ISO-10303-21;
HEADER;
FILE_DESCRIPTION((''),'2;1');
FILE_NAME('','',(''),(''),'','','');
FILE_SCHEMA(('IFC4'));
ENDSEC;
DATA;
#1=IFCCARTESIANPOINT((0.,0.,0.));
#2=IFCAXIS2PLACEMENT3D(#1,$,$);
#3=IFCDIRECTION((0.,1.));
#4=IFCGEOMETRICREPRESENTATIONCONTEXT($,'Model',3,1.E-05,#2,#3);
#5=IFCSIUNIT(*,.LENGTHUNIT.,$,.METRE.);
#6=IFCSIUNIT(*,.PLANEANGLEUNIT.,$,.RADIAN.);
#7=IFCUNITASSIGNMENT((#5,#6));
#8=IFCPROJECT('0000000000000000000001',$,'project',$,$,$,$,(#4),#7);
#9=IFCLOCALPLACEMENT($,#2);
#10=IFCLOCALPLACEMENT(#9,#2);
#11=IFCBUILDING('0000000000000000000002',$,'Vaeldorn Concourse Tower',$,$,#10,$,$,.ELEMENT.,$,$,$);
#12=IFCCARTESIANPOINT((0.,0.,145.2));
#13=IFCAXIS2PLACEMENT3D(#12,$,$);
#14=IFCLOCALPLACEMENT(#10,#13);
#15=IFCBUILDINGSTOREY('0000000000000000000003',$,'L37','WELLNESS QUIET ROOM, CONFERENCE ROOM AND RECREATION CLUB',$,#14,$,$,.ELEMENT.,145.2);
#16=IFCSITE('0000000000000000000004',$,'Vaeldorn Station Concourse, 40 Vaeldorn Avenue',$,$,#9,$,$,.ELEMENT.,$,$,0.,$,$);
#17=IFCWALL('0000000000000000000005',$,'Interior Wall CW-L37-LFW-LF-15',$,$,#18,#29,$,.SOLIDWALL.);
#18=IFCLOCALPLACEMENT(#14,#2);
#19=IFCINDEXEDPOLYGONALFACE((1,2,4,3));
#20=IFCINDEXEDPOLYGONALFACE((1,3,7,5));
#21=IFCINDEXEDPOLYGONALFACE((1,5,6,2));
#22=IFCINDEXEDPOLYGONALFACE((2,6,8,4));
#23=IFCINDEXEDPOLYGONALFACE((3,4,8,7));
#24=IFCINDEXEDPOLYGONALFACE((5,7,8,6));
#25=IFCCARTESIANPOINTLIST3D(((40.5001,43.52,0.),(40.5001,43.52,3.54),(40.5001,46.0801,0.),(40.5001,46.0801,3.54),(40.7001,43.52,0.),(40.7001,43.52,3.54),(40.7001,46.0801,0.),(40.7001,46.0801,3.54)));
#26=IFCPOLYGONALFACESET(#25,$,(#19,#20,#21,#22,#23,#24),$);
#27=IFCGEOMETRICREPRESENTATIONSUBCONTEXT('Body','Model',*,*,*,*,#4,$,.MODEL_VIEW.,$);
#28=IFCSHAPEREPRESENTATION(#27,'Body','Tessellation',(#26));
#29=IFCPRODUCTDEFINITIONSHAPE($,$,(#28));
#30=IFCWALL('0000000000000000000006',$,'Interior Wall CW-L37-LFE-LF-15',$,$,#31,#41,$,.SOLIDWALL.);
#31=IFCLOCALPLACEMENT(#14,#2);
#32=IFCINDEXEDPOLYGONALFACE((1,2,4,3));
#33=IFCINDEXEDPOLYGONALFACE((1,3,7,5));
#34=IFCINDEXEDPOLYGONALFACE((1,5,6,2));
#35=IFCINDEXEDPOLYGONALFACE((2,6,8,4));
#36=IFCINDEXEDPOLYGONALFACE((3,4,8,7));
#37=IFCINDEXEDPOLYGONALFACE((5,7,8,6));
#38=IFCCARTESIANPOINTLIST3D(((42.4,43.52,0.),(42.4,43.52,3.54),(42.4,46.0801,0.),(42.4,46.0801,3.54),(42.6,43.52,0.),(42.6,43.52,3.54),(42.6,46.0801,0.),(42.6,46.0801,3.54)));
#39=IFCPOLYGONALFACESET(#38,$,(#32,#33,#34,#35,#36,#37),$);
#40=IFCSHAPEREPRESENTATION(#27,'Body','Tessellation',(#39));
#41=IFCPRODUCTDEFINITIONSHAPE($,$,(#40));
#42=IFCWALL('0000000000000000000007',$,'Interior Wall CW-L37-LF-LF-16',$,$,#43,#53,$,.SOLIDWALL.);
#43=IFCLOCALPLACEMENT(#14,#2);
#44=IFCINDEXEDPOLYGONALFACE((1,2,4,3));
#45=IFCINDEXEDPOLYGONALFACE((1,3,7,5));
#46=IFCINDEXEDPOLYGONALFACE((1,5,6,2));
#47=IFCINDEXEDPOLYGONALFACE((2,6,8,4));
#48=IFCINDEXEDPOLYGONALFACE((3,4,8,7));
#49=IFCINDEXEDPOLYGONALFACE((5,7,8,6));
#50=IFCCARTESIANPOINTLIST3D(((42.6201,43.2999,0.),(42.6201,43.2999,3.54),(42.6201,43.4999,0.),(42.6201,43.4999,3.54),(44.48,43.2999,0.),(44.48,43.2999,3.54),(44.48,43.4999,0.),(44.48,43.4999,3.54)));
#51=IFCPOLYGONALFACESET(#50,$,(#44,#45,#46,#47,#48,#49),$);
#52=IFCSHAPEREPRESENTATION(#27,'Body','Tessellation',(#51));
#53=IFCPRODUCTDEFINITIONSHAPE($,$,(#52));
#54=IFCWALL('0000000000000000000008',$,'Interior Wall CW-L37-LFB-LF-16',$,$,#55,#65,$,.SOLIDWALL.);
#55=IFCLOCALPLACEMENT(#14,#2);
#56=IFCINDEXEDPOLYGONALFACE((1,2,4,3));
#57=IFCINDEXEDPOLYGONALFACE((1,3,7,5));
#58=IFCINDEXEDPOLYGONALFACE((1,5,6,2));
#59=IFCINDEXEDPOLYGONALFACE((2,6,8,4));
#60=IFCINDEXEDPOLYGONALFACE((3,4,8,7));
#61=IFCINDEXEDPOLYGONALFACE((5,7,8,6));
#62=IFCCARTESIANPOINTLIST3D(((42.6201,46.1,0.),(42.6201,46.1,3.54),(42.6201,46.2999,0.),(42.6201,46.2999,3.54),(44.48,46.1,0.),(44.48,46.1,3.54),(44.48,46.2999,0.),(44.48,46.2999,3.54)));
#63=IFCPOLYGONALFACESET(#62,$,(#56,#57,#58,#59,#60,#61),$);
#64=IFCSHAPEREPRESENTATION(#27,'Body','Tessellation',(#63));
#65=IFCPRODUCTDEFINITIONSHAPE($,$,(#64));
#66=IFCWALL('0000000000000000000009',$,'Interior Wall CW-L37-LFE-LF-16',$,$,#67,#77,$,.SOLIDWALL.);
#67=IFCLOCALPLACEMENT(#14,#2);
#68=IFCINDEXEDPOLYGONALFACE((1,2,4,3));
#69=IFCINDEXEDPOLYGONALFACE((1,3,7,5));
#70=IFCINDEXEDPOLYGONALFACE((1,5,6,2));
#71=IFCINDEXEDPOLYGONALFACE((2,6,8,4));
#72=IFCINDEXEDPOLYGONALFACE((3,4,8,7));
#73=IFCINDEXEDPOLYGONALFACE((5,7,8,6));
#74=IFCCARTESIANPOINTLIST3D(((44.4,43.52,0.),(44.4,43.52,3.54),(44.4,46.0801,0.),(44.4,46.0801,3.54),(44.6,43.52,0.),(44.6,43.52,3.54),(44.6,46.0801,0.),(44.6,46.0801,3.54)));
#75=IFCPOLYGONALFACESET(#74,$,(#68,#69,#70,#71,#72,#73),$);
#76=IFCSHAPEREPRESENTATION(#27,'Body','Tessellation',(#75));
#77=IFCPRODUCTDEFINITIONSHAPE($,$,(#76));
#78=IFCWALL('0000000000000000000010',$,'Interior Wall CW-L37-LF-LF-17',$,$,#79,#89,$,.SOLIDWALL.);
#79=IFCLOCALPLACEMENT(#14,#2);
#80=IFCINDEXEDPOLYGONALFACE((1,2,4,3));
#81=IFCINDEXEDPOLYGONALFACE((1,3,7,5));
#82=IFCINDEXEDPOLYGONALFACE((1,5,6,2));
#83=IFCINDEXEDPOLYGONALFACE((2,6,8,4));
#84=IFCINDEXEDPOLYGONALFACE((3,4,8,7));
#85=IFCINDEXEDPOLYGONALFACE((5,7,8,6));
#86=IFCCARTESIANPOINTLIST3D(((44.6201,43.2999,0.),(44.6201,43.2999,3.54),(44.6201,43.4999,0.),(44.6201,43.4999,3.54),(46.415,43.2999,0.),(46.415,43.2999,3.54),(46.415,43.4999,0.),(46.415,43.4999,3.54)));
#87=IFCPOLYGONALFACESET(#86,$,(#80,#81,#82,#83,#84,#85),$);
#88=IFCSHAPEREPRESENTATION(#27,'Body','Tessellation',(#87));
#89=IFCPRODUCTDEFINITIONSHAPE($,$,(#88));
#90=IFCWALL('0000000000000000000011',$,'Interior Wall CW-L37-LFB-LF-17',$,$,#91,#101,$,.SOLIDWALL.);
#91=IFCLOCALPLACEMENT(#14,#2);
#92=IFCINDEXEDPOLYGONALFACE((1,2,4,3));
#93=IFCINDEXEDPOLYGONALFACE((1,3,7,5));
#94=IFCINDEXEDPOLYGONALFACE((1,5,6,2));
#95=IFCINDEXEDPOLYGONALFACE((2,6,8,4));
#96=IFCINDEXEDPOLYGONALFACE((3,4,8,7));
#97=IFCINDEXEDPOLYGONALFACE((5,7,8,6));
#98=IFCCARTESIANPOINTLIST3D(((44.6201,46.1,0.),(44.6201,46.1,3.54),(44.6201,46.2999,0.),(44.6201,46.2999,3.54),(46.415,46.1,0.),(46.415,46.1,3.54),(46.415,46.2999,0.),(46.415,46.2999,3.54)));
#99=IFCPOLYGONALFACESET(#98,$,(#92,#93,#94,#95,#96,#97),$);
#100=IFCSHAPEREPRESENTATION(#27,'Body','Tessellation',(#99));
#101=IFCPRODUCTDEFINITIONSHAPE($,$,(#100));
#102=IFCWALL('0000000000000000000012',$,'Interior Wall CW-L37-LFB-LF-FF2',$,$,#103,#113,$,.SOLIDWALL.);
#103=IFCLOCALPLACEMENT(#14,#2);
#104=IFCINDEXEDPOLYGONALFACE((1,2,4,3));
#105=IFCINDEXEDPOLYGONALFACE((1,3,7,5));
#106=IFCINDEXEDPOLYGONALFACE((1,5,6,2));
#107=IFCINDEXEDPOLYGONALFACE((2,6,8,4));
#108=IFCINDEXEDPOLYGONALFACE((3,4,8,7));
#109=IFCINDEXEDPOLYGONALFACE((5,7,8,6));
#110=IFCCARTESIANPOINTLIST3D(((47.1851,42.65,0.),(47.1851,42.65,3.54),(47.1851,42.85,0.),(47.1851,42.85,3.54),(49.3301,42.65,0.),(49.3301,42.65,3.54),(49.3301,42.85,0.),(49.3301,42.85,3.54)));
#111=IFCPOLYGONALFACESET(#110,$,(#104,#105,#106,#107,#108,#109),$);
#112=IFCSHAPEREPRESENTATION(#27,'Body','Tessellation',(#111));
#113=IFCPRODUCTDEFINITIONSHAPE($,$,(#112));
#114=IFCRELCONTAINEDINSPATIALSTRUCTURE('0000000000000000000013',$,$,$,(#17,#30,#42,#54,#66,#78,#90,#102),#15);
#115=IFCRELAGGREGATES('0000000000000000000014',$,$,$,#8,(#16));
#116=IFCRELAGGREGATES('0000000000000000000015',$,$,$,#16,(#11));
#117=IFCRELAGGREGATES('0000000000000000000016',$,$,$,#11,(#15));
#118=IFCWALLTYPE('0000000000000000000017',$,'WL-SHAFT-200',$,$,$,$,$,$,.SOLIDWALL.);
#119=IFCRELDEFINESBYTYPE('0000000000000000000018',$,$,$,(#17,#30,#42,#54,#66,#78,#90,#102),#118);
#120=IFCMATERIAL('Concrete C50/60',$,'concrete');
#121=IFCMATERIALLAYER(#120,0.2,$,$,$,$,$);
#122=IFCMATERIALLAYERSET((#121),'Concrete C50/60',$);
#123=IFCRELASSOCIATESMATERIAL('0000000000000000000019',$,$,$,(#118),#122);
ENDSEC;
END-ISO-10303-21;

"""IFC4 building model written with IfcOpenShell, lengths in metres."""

from ifc_helpers import new_model, si_unit, direction, frame, frame_2d, origin, place, context, subcontext, project, spatial, rectangle, extrude, material, layer, layer_set, type_object, element, save


model = new_model("IFC4")

# Units and contexts
model_context = context("Model", 3, precision=1e-05, world=origin(), true_north=direction((0.0, 1.0)))
body_context = subcontext(model_context, "Body", "Model", "MODEL_VIEW")
ifc_project = project(units=[si_unit("LENGTHUNIT", "METRE"), si_unit("PLANEANGLEUNIT", "RADIAN")], contexts=[model_context])

# Site, building, storey
site_placement = place(None, origin())
site = spatial("IfcSite", under=ifc_project, at=site_placement, Name="Vaeldorn Station Concourse, 40 Vaeldorn Avenue", CompositionType="ELEMENT", RefElevation=0.0)
building_placement = place(site_placement, origin())
building = spatial("IfcBuilding", under=site, at=building_placement, Name="Vaeldorn Concourse Tower", CompositionType="ELEMENT")
storey_placement = place(building_placement, frame((0.0, 0.0, 145.2)))
storey = spatial("IfcBuildingStorey", under=building, at=storey_placement, Name="L37", Description="WELLNESS QUIET ROOM, CONFERENCE ROOM AND RECREATION CLUB", CompositionType="ELEMENT", Elevation=145.2)

# Shared definitions
ifc_material_1 = material(Name="Concrete C50/60", Category="concrete")
ifc_layer_1 = layer(ifc_material_1, 0.2)
ifc_layer_set_1 = layer_set([ifc_layer_1], Name="Concrete C50/60")
wall_type_1 = type_object("IfcWallType", Name="WL-SHAFT-200", PredefinedType="SOLIDWALL", material=ifc_layer_set_1)

# Walls
for number, where, z_axis, x_axis, name in (
    (1, (40.6001, 43.52, 0.0), (0.0, 0.0, 1.0), (0.0, 1.0, 0.0), "Interior Wall CW-L37-LFW-LF-15"),
    (2, (42.5, 43.52, 0.0), (0.0, 0.0, 1.0), (0.0, 1.0, 0.0), "Interior Wall CW-L37-LFE-LF-15"),
):
    element("IfcWall", number, at=place(storey_placement, frame(where, z_axis=z_axis, x_axis=x_axis)), inside=storey, type_object=wall_type_1, Name=name, PredefinedType="SOLIDWALL", context=body_context, shape_type="SweptSolid", body=[
        extrude(rectangle(XDim=2.5601, YDim=0.2, at=frame_2d((1.28, 0.0))), origin(), (0.0, 0.0, 1.0), 3.54),
    ])
for number, where, z_axis, x_axis, name in (
    (3, (42.6201, 43.3999, 0.0), (0.0, 0.0, 1.0), (1.0, 0.0, 0.0), "Interior Wall CW-L37-LF-LF-16"),
    (4, (42.6201, 46.2, 0.0), (0.0, 0.0, 1.0), (1.0, 0.0, 0.0), "Interior Wall CW-L37-LFB-LF-16"),
):
    element("IfcWall", number, at=place(storey_placement, frame(where, z_axis=z_axis, x_axis=x_axis)), inside=storey, type_object=wall_type_1, Name=name, PredefinedType="SOLIDWALL", context=body_context, shape_type="SweptSolid", body=[
        extrude(rectangle(XDim=1.8599, YDim=0.2, at=frame_2d((0.9299, 0.0))), origin(), (0.0, 0.0, 1.0), 3.54),
    ])
wall_1_placement = place(storey_placement, frame((44.5, 43.52, 0.0), z_axis=(0.0, 0.0, 1.0), x_axis=(0.0, 1.0, 0.0)))
element("IfcWall", 5, at=wall_1_placement, inside=storey, type_object=wall_type_1, Name="Interior Wall CW-L37-LFE-LF-16", PredefinedType="SOLIDWALL", context=body_context, shape_type="SweptSolid", body=[
    extrude(rectangle(XDim=2.5601, YDim=0.2, at=frame_2d((1.28, 0.0))), origin(), (0.0, 0.0, 1.0), 3.54),
])
for number, where, z_axis, x_axis, name in (
    (6, (44.6201, 43.3999, 0.0), (0.0, 0.0, 1.0), (1.0, 0.0, 0.0), "Interior Wall CW-L37-LF-LF-17"),
    (7, (44.6201, 46.2, 0.0), (0.0, 0.0, 1.0), (1.0, 0.0, 0.0), "Interior Wall CW-L37-LFB-LF-17"),
):
    element("IfcWall", number, at=place(storey_placement, frame(where, z_axis=z_axis, x_axis=x_axis)), inside=storey, type_object=wall_type_1, Name=name, PredefinedType="SOLIDWALL", context=body_context, shape_type="SweptSolid", body=[
        extrude(rectangle(XDim=1.7949, YDim=0.2, at=frame_2d((0.8975, 0.0))), origin(), (0.0, 0.0, 1.0), 3.54),
    ])

# Wall
wall_2_placement = place(storey_placement, frame((47.1851, 42.75, 0.0), z_axis=(0.0, 0.0, 1.0), x_axis=(1.0, 0.0, 0.0)))
element("IfcWall", 8, at=wall_2_placement, inside=storey, type_object=wall_type_1, Name="Interior Wall CW-L37-LFB-LF-FF2", PredefinedType="SOLIDWALL", context=body_context, shape_type="SweptSolid", body=[
    extrude(rectangle(XDim=2.145, YDim=0.2, at=frame_2d((1.0725, 0.0))), origin(), (0.0, 0.0, 1.0), 3.54),
])

save(model, "model.ifc")
